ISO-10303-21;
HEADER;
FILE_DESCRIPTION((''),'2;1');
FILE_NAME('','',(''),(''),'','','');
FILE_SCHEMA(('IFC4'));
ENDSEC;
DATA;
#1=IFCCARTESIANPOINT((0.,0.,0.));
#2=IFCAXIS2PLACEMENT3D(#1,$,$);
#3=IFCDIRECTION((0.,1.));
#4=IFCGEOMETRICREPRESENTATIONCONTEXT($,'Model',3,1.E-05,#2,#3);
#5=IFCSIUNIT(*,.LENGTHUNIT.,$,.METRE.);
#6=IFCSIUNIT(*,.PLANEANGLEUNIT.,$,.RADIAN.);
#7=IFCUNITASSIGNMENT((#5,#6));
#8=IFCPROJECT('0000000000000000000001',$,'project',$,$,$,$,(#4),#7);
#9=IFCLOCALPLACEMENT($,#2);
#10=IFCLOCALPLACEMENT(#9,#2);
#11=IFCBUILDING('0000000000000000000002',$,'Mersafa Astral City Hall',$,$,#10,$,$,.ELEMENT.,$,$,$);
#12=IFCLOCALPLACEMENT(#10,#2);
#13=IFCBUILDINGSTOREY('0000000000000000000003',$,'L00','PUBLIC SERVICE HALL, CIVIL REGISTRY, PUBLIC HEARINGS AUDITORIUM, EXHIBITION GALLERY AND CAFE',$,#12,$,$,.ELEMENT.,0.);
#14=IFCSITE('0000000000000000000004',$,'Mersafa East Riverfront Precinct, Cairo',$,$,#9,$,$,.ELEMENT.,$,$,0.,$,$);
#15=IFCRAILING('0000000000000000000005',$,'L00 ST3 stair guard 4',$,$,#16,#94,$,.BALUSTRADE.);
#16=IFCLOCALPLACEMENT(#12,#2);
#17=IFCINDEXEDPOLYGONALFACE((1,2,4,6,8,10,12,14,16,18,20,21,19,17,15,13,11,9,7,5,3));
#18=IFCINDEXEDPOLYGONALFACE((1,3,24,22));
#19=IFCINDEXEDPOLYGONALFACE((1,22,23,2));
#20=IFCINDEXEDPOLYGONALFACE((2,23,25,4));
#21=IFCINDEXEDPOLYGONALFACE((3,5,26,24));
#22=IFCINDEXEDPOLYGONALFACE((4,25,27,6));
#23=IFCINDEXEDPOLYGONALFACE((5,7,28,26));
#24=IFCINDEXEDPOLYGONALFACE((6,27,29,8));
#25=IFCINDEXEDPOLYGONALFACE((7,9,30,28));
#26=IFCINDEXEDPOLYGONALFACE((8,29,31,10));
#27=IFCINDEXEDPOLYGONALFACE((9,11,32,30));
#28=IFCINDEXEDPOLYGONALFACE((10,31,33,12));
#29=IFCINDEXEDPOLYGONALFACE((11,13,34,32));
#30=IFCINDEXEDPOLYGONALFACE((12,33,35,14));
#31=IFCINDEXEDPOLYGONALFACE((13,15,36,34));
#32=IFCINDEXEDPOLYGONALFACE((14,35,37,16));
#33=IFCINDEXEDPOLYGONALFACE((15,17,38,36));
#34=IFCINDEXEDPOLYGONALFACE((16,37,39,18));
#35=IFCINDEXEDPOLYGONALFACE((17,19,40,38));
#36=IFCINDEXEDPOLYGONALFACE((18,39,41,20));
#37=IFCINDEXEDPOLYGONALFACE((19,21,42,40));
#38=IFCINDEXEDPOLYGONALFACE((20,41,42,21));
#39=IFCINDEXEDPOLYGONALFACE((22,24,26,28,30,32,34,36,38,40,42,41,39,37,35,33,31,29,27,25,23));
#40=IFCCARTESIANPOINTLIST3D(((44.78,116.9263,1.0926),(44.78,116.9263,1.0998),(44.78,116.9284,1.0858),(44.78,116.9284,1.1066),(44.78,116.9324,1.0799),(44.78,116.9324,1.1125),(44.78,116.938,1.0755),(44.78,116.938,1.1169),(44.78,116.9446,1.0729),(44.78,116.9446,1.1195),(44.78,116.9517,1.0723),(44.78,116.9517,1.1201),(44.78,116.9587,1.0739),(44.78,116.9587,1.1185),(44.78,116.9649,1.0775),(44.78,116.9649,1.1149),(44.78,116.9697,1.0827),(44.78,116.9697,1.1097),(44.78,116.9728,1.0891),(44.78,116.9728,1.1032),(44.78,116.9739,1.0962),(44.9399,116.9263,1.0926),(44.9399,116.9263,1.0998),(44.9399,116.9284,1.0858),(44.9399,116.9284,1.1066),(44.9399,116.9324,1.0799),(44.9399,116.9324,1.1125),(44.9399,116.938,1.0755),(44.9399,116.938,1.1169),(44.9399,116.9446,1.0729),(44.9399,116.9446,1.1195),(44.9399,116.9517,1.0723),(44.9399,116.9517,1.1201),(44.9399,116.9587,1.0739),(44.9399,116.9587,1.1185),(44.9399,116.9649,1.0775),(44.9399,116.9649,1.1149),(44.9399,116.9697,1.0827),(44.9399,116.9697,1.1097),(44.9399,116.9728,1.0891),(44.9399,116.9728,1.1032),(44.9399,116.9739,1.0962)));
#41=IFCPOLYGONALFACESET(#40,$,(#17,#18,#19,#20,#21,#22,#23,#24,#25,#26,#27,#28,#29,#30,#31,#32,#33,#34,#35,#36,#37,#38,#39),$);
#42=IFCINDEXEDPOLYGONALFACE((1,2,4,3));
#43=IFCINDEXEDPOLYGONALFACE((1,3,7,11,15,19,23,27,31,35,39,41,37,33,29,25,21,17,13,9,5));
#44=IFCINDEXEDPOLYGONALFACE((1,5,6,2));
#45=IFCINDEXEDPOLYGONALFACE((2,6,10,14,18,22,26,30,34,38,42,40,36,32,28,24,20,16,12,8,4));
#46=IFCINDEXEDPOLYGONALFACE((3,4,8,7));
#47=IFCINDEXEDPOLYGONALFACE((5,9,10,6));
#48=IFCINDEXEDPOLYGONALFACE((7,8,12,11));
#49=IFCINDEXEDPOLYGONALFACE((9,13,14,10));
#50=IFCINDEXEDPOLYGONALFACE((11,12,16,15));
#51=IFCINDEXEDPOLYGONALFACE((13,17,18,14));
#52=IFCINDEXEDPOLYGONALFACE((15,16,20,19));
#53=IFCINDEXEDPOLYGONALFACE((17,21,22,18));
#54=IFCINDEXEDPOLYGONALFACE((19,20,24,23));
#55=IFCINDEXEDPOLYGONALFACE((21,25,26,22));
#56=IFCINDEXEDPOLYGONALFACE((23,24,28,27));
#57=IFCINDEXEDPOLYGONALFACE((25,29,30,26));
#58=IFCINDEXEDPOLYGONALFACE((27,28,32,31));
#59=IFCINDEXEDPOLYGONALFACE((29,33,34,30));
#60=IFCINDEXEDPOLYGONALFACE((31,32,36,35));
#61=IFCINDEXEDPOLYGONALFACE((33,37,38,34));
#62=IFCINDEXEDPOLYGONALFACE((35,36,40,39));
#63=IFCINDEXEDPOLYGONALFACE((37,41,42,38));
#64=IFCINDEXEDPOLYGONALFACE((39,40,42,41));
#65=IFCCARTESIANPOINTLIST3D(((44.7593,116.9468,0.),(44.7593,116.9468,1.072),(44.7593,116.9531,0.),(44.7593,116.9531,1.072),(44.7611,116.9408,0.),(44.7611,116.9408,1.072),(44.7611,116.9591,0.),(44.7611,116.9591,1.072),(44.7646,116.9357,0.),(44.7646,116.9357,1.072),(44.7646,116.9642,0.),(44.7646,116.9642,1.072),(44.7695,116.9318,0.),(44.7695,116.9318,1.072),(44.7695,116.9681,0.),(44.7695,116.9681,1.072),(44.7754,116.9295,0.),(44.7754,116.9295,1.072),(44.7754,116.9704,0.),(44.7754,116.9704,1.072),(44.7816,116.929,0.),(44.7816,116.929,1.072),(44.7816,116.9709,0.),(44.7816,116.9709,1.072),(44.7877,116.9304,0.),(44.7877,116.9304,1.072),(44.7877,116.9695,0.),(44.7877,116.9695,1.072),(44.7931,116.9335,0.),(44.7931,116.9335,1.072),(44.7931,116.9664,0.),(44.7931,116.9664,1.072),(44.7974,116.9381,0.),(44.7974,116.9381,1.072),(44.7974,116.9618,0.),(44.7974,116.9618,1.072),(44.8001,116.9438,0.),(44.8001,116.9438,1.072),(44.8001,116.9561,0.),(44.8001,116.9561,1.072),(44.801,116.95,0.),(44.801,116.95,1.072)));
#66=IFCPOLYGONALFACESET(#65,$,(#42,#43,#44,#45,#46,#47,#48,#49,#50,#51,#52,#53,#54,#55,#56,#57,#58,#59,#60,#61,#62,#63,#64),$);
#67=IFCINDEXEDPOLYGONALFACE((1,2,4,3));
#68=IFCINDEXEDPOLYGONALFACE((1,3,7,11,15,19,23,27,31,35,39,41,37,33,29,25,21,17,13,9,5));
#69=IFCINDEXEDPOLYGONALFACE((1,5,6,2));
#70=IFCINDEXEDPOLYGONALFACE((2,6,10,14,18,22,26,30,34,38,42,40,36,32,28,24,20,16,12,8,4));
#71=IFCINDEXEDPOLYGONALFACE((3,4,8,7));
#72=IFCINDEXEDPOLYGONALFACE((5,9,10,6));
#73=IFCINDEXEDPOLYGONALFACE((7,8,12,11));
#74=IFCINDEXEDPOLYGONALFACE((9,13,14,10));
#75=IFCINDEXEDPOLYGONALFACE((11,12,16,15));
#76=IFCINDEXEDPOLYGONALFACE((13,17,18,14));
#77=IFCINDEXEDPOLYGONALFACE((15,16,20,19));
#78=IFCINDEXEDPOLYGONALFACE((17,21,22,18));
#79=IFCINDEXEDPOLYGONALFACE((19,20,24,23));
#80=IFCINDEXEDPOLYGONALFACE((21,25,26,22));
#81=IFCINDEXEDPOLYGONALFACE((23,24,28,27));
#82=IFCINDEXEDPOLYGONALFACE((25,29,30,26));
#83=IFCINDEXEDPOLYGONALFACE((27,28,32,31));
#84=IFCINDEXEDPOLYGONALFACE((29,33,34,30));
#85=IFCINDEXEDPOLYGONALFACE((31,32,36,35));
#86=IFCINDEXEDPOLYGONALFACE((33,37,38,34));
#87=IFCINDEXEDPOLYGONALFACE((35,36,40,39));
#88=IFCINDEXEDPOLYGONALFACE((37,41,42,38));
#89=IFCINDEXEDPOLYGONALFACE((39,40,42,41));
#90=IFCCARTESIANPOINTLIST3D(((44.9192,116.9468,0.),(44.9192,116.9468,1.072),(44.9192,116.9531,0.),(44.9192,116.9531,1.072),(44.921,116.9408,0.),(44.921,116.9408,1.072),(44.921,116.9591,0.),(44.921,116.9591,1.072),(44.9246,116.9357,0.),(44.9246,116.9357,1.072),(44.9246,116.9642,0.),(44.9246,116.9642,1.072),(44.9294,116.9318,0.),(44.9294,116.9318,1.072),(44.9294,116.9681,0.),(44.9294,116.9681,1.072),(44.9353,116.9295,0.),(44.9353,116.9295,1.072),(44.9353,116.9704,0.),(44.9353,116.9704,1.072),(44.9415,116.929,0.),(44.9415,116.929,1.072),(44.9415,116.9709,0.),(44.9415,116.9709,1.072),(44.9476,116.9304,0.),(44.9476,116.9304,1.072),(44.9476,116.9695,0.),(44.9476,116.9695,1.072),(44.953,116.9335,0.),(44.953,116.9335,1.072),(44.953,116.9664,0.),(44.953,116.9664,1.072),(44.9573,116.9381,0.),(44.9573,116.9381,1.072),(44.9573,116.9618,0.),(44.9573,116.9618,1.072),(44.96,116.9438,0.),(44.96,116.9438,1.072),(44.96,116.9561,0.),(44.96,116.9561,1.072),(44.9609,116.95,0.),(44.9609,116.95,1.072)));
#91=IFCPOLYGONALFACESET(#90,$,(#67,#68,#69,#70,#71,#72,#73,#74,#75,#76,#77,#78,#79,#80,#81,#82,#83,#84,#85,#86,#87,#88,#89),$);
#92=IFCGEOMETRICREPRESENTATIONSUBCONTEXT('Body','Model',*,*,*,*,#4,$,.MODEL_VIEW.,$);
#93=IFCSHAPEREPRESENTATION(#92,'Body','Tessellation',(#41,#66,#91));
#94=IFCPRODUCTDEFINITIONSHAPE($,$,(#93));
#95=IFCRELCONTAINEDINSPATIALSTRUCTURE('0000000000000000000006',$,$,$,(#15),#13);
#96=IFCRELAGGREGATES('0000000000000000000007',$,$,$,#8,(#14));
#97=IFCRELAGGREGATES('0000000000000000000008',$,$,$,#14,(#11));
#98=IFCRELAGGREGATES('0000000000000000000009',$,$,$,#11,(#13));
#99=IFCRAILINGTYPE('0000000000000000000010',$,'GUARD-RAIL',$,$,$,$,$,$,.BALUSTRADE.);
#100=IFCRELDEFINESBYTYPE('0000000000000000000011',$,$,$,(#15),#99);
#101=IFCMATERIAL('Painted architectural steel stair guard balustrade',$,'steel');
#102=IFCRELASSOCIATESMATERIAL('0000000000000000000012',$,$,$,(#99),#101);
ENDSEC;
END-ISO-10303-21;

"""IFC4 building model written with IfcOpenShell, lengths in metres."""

from ifc_helpers import new_model, si_unit, direction, frame, origin, origin_2d, place, context, subcontext, project, spatial, circle, extrude, material, type_object, element, save


model = new_model("IFC4")

# Units and contexts
model_context = context("Model", 3, precision=1e-05, world=origin(), true_north=direction((0.0, 1.0)))
body_context = subcontext(model_context, "Body", "Model", "MODEL_VIEW")
ifc_project = project(units=[si_unit("LENGTHUNIT", "METRE"), si_unit("PLANEANGLEUNIT", "RADIAN")], contexts=[model_context])

# Site, building, storey
site_placement = place(None, origin())
site = spatial("IfcSite", under=ifc_project, at=site_placement, Name="Mersafa East Riverfront Precinct, Cairo", CompositionType="ELEMENT", RefElevation=0.0)
building_placement = place(site_placement, origin())
building = spatial("IfcBuilding", under=site, at=building_placement, Name="Mersafa Astral City Hall", CompositionType="ELEMENT")
storey_placement = place(building_placement, origin())
storey = spatial("IfcBuildingStorey", under=building, at=storey_placement, Name="L00", Description="PUBLIC SERVICE HALL, CIVIL REGISTRY, PUBLIC HEARINGS AUDITORIUM, EXHIBITION GALLERY AND CAFE", CompositionType="ELEMENT", Elevation=0.0)

# Railing
ifc_material_1 = material(Name="Painted architectural steel stair guard balustrade", Category="steel")
railing_type_1 = type_object("IfcRailingType", Name="GUARD-RAIL", PredefinedType="BALUSTRADE", material=ifc_material_1)
railing_1_placement = place(storey_placement, frame((44.78, 116.95, 0.0)))
element("IfcRailing", 1, at=railing_1_placement, inside=storey, type_object=railing_type_1, Name="L00 ST3 stair guard 4", PredefinedType="BALUSTRADE", context=body_context, shape_type="SweptSolid", body=[
    extrude(circle(Radius=0.0239, at=origin_2d()), frame((0.0, 0.0, 1.0962), z_axis=(1.0, 0.0, 0.0), x_axis=(0.0, 1.0, 0.0)), (0.0, 0.0, 1.0), 0.1599),
    extrude(circle(Radius=0.021, at=origin_2d()), origin(), (0.0, 0.0, 1.0), 1.072),
    extrude(circle(Radius=0.021, at=origin_2d()), frame((0.1599, 0.0, 0.0)), (0.0, 0.0, 1.0), 1.072),
])

save(model, "model.ifc")
